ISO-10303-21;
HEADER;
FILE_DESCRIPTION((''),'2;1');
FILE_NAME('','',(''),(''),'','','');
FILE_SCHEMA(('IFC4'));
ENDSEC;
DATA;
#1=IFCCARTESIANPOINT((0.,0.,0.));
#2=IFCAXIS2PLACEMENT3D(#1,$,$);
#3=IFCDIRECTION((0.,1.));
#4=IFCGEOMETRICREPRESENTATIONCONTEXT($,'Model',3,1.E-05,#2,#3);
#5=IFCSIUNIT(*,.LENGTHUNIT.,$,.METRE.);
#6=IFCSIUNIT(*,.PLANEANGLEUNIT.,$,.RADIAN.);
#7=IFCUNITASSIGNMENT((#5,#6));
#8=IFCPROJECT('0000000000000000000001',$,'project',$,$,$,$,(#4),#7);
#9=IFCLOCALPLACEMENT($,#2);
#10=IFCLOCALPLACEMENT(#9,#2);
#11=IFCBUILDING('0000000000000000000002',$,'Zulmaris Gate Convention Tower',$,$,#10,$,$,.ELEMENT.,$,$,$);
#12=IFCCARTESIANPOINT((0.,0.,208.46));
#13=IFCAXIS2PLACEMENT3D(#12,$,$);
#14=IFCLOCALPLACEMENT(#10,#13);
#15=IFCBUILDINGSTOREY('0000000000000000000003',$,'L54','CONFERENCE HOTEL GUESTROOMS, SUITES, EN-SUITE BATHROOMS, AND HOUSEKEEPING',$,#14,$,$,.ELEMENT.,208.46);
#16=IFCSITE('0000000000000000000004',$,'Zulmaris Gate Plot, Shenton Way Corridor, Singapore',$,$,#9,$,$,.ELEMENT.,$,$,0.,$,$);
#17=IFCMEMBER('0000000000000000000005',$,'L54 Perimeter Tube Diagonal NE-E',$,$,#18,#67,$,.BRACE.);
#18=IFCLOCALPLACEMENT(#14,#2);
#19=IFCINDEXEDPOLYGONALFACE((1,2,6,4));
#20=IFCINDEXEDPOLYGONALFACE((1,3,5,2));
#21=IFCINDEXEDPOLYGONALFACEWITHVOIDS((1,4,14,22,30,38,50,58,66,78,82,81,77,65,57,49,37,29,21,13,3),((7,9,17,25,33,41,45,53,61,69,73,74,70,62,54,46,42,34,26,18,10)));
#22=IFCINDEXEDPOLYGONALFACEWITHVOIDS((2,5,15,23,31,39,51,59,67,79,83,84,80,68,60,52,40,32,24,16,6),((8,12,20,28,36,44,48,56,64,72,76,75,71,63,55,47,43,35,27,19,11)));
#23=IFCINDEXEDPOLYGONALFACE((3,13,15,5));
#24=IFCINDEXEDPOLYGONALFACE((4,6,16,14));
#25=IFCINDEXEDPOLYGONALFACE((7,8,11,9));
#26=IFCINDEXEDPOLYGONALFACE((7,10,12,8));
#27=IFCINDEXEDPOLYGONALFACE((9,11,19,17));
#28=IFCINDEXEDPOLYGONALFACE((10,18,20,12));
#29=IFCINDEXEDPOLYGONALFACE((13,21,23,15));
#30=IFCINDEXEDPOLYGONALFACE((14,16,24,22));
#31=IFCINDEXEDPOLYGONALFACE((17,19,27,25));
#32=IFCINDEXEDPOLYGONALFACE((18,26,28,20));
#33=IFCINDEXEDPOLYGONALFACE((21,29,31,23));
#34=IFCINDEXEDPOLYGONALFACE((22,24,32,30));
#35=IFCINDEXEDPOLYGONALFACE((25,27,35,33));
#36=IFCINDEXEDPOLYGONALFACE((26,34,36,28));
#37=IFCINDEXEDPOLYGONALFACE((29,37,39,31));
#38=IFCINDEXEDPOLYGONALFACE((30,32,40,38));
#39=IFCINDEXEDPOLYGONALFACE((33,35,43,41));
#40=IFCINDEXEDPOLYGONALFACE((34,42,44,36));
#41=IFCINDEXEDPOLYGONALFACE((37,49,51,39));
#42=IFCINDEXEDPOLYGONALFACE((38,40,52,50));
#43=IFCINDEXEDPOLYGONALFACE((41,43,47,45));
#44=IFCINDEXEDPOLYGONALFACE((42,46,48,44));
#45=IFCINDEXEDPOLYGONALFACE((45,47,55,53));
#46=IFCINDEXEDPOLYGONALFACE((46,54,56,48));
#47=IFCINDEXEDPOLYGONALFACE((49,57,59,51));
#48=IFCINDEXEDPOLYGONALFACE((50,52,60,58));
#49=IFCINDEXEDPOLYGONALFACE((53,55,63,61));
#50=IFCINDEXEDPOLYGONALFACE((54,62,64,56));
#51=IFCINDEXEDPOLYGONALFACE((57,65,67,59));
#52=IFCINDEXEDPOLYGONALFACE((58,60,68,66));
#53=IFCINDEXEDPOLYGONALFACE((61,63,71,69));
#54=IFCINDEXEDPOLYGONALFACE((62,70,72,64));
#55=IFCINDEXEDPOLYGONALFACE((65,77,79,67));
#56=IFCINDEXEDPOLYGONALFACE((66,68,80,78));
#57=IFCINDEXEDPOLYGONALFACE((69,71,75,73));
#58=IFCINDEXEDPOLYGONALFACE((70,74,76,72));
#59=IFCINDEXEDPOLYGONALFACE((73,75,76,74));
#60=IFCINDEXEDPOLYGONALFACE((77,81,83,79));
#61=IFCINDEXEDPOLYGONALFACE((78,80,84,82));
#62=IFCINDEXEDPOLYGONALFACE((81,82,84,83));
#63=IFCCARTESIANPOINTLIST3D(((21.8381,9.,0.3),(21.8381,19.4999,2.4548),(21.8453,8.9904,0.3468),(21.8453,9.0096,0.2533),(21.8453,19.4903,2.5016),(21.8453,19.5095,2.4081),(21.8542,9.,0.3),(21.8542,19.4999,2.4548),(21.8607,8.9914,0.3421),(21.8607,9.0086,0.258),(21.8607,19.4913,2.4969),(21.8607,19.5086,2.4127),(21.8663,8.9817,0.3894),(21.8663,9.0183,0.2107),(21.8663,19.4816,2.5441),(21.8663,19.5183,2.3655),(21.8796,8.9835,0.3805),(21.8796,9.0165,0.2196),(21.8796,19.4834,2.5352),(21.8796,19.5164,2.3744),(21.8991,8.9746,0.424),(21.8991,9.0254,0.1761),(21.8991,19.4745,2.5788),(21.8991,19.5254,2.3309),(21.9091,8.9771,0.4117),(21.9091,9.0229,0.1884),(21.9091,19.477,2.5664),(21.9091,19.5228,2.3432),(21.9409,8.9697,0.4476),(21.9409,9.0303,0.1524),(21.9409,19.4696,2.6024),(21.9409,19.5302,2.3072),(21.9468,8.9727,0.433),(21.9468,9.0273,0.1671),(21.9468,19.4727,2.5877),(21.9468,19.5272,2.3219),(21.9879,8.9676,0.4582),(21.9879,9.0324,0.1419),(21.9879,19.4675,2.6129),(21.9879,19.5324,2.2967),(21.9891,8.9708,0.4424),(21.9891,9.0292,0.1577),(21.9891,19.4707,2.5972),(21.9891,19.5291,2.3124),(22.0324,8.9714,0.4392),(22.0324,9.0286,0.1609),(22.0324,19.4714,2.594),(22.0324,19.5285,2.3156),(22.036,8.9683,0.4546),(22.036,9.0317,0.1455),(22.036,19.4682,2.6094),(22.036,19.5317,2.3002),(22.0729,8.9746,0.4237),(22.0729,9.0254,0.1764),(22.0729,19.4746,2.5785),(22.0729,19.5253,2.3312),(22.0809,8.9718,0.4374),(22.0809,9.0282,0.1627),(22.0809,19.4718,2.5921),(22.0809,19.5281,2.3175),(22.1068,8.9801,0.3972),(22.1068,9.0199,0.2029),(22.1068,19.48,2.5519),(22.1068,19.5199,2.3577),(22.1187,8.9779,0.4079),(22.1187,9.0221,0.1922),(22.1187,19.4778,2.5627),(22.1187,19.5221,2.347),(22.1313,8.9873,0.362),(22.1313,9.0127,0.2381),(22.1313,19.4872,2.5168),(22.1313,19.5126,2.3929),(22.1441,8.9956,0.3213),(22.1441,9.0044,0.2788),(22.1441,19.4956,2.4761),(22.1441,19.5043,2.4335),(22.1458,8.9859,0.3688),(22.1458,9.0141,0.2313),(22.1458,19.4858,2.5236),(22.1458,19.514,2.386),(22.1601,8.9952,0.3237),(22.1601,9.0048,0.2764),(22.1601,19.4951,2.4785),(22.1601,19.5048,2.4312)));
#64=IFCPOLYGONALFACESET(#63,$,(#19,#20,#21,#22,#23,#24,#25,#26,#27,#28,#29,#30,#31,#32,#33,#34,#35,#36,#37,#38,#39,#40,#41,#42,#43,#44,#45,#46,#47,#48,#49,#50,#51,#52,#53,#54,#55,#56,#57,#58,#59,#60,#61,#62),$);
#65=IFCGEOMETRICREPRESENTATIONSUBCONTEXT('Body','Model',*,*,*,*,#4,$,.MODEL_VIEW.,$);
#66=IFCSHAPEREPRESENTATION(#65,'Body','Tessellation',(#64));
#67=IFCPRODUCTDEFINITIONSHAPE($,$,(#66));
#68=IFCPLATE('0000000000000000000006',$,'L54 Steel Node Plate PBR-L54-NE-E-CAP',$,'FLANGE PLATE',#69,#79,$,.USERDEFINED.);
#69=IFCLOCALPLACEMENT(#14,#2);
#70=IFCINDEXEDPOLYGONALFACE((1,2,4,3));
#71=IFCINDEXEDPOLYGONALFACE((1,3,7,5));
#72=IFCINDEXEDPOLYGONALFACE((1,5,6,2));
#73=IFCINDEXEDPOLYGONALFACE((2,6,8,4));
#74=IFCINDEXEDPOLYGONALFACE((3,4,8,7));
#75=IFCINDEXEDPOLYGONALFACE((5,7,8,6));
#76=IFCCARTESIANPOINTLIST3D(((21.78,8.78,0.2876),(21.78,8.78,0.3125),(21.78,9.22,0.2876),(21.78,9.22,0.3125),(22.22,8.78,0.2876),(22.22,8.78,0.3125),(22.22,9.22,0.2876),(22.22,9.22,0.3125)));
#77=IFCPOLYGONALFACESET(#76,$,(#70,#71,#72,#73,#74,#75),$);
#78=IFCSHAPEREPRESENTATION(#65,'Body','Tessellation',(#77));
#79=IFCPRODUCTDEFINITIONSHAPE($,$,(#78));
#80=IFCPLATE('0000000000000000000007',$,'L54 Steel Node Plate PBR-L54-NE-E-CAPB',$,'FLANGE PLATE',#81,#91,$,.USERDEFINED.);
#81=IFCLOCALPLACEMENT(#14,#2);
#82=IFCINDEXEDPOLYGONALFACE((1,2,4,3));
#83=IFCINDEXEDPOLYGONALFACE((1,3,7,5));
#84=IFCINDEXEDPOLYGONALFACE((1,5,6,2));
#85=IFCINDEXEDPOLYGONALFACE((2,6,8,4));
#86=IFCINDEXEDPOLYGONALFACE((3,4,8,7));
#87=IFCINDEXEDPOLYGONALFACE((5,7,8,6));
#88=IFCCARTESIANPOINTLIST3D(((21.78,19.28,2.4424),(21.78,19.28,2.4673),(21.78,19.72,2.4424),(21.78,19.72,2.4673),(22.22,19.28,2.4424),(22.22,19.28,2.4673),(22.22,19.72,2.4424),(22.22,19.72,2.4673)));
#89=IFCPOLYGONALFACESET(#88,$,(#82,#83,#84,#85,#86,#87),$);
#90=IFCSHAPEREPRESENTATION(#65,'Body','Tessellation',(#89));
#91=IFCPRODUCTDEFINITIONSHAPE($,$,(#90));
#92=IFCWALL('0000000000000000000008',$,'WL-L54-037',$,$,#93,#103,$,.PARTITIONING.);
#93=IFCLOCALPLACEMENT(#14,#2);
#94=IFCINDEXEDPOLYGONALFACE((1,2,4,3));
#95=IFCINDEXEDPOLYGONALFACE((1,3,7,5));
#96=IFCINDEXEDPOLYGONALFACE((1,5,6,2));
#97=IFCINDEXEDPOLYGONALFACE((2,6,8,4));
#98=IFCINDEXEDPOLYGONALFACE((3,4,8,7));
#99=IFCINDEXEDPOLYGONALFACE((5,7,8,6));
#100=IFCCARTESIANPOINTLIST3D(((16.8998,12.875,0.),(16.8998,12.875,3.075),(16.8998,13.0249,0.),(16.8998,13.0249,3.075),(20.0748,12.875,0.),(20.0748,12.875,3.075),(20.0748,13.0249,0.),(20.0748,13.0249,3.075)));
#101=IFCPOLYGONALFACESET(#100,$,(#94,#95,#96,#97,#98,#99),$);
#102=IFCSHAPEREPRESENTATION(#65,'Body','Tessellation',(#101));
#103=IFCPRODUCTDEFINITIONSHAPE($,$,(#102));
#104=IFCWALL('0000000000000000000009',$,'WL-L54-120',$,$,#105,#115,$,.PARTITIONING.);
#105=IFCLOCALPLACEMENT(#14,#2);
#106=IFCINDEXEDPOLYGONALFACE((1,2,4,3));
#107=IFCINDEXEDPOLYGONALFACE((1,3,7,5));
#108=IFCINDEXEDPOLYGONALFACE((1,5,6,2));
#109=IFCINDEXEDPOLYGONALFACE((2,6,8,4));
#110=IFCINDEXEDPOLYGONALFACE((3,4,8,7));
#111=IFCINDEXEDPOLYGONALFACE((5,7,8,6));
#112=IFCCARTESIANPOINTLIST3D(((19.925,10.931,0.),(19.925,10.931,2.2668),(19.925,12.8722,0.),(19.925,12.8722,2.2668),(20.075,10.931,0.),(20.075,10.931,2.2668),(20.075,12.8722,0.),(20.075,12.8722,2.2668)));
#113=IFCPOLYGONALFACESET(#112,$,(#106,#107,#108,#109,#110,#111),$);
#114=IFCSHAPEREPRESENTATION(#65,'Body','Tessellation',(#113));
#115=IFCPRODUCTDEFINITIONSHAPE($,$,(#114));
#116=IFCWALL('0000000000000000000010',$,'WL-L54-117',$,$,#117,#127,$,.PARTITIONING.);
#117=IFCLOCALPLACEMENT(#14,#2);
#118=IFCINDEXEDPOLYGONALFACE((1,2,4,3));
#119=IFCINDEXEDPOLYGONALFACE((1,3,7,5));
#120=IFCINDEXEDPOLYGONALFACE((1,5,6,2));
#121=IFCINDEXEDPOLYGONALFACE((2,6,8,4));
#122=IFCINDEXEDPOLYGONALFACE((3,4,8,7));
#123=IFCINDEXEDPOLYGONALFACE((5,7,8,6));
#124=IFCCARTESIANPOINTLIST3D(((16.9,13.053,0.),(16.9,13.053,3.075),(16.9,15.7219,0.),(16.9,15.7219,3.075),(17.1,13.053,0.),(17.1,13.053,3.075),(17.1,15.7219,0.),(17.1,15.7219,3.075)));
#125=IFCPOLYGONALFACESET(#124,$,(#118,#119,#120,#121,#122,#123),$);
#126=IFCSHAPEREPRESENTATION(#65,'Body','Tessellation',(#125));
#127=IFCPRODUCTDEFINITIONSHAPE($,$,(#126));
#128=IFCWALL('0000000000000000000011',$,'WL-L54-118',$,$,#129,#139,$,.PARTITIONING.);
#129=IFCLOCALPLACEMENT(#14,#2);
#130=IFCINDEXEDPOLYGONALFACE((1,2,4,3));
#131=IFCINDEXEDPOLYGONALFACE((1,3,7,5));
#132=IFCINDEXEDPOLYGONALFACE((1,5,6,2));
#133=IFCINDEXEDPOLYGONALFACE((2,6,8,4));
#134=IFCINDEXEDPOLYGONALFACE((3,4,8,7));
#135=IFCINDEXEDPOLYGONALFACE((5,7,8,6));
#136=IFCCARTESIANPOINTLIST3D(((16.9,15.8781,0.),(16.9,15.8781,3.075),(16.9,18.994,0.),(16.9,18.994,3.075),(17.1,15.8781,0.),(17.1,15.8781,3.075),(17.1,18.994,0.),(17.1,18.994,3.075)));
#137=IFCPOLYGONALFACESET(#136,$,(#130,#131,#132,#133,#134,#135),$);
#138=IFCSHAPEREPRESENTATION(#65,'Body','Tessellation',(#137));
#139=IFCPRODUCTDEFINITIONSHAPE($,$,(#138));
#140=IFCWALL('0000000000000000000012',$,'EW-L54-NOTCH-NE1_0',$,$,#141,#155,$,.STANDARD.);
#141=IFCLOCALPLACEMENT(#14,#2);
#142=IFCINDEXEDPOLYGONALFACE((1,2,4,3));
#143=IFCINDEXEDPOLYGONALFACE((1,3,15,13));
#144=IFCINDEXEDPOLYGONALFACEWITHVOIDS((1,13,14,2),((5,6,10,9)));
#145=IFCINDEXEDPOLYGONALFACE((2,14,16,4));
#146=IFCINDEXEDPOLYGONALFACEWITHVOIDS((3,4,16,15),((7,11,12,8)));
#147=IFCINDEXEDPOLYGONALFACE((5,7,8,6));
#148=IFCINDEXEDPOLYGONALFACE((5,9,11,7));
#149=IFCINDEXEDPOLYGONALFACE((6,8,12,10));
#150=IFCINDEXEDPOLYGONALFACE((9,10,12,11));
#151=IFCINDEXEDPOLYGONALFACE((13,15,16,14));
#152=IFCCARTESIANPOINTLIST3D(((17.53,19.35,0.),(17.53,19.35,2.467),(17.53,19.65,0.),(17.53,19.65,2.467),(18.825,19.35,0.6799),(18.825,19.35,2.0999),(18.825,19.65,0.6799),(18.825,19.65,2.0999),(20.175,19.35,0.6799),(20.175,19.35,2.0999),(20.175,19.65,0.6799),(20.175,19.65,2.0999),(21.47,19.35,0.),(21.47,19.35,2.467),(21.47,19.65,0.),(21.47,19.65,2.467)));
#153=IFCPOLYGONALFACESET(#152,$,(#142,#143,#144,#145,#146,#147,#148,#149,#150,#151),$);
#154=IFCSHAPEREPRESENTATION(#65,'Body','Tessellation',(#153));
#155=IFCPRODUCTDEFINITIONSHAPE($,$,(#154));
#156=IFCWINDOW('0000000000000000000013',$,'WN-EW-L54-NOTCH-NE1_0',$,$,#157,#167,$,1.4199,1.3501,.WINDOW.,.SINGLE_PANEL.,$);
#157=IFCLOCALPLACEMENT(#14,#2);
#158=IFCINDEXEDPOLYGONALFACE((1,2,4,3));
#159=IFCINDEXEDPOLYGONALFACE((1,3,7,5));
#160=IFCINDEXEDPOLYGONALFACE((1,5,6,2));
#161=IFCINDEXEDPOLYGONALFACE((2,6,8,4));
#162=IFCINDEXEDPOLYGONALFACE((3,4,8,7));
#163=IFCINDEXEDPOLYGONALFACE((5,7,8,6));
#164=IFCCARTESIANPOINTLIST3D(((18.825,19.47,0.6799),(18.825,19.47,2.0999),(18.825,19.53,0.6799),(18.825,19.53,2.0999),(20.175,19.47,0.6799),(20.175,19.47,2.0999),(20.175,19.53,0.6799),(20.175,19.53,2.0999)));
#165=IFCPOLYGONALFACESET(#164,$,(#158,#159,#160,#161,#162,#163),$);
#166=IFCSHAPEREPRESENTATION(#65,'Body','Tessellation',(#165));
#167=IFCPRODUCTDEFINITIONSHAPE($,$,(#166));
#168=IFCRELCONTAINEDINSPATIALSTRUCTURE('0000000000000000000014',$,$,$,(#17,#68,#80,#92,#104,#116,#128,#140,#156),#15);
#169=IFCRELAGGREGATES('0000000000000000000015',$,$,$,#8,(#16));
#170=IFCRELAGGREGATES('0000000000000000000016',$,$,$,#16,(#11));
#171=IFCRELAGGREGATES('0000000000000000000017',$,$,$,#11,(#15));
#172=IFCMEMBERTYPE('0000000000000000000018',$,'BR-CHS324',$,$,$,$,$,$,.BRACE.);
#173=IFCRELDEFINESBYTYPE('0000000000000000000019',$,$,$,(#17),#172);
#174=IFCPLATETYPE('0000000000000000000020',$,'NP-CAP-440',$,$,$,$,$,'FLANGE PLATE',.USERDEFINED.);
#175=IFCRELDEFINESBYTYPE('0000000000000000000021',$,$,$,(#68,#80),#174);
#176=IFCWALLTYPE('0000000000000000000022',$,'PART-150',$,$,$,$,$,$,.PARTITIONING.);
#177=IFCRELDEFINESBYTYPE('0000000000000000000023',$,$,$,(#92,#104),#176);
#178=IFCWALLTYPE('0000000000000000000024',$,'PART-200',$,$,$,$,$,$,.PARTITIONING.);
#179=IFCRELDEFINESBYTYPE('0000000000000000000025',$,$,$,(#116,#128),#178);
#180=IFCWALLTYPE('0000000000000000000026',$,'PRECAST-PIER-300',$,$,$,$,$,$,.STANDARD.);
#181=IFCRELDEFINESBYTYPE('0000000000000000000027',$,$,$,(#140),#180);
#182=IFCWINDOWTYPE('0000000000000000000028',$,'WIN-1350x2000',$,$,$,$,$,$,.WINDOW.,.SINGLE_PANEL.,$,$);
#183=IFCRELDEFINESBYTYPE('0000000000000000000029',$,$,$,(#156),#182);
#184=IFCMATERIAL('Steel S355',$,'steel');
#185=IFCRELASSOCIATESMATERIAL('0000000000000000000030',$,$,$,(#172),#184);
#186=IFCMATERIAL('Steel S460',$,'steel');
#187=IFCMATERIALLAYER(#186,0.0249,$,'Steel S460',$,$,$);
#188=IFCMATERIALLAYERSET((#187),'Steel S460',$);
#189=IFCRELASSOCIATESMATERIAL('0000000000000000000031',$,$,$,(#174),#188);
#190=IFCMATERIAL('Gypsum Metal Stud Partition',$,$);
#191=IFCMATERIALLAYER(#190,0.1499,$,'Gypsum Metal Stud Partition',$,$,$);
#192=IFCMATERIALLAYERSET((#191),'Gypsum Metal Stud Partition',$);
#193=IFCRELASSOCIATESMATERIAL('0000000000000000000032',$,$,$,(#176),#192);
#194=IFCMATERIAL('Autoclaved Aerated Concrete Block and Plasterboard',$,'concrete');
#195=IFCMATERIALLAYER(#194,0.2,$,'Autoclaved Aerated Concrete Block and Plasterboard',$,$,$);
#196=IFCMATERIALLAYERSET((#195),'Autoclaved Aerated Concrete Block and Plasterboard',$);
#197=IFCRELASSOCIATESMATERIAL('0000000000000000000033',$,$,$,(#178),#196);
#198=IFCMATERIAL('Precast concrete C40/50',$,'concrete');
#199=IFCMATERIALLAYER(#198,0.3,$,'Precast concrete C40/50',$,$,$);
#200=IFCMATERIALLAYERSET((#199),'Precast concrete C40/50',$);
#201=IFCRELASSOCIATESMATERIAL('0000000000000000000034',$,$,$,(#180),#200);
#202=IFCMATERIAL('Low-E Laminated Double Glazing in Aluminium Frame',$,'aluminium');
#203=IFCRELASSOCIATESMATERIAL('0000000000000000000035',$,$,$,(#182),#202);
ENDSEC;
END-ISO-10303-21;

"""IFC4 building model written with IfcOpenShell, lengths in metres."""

from ifc_helpers import new_model, si_unit, direction, frame, frame_2d, origin, origin_2d, place, context, subcontext, project, spatial, rectangle, hollow_circle, extrude, material, layer, layer_set, material_profile, profile_set, type_object, element, fill, save


model = new_model("IFC4")

# Units and contexts
model_context = context("Model", 3, precision=1e-05, world=origin(), true_north=direction((0.0, 1.0)))
body_context = subcontext(model_context, "Body", "Model", "MODEL_VIEW")
ifc_project = project(units=[si_unit("LENGTHUNIT", "METRE"), si_unit("PLANEANGLEUNIT", "RADIAN")], contexts=[model_context])

# Site, building, storey
site_placement = place(None, origin())
site = spatial("IfcSite", under=ifc_project, at=site_placement, Name="Zulmaris Gate Plot, Shenton Way Corridor, Singapore", CompositionType="ELEMENT", RefElevation=0.0)
building_placement = place(site_placement, origin())
building = spatial("IfcBuilding", under=site, at=building_placement, Name="Zulmaris Gate Convention Tower", CompositionType="ELEMENT")
storey_placement = place(building_placement, frame((0.0, 0.0, 208.46)))
storey = spatial("IfcBuildingStorey", under=building, at=storey_placement, Name="L54", Description="CONFERENCE HOTEL GUESTROOMS, SUITES, EN-SUITE BATHROOMS, AND HOUSEKEEPING", CompositionType="ELEMENT", Elevation=208.46)

# Shared definitions
ifc_material_1 = material(Name="Steel S355", Category="steel")

# Member
ifc_material_profile_1 = material_profile(ifc_material_1, hollow_circle(Radius=0.1619, WallThickness=0.0161, at=origin_2d()), Name="CHS 323.9x16")
ifc_profile_set_1 = profile_set([ifc_material_profile_1], Name="Steel S355")
member_type = type_object("IfcMemberType", Name="BR-CHS324", PredefinedType="BRACE", material=ifc_profile_set_1)
member_placement = place(storey_placement, frame((22.0, 9.0, 0.3), z_axis=(0.0, 0.979585, 0.201028), x_axis=(-1.0, 0.0, 0.0)))
element("IfcMember", 1, at=member_placement, inside=storey, type_object=member_type, Name="L54 Perimeter Tube Diagonal NE-E", PredefinedType="BRACE", context=body_context, shape_type="SweptSolid", body=[
    extrude(hollow_circle(Radius=0.1619, WallThickness=0.0161, at=origin_2d()), origin(), (0.0, 0.0, 1.0), 10.7188),
])

# Plates
ifc_material_2 = material(Name="Steel S460", Category="steel")
ifc_layer_1 = layer(ifc_material_2, 0.0249, Name="Steel S460")
ifc_layer_set_1 = layer_set([ifc_layer_1], Name="Steel S460")
plate_type = type_object("IfcPlateType", Name="NP-CAP-440", ElementType="FLANGE PLATE", PredefinedType="USERDEFINED", material=ifc_layer_set_1)
for number, where, z_axis, x_axis, name in (
    (2, (22.0, 9.0, 0.2876), (0.0, 0.0, 1.0), (1.0, 0.0, 0.0), "L54 Steel Node Plate PBR-L54-NE-E-CAP"),
    (3, (22.0, 19.5, 2.4424), (0.0, 0.0, 1.0), (1.0, 0.0, 0.0), "L54 Steel Node Plate PBR-L54-NE-E-CAPB"),
):
    element("IfcPlate", number, at=place(storey_placement, frame(where, z_axis=z_axis, x_axis=x_axis)), inside=storey, type_object=plate_type, Name=name, ObjectType="FLANGE PLATE", PredefinedType="USERDEFINED", context=body_context, shape_type="SweptSolid", body=[
        extrude(rectangle(XDim=0.4399, YDim=0.4399, at=origin_2d()), origin(), (0.0, 0.0, 1.0), 0.0249),
    ])

# Walls
ifc_material_3 = material(Name="Gypsum Metal Stud Partition")
ifc_layer_2 = layer(ifc_material_3, 0.1499, Name="Gypsum Metal Stud Partition")
ifc_layer_set_2 = layer_set([ifc_layer_2], Name="Gypsum Metal Stud Partition")
wall_type_1 = type_object("IfcWallType", Name="PART-150", PredefinedType="PARTITIONING", material=ifc_layer_set_2)
wall_1_placement = place(storey_placement, frame((16.8999, 12.95, 0.0), z_axis=(0.0, 0.0, 1.0), x_axis=(1.0, 0.0, 0.0)))
element("IfcWall", 4, at=wall_1_placement, inside=storey, type_object=wall_type_1, Name="WL-L54-037", PredefinedType="PARTITIONING", context=body_context, shape_type="SweptSolid", body=[
    extrude(rectangle(XDim=3.175, YDim=0.1499, at=frame_2d((1.5874, 0.0))), origin(), (0.0, 0.0, 1.0), 3.075),
])
wall_2_placement = place(storey_placement, frame((20.0, 10.9309, 0.0), z_axis=(0.0, 0.0, 1.0), x_axis=(0.0, 1.0, 0.0)))
element("IfcWall", 5, at=wall_2_placement, inside=storey, type_object=wall_type_1, Name="WL-L54-120", PredefinedType="PARTITIONING", context=body_context, shape_type="SweptSolid", body=[
    extrude(rectangle(XDim=1.9412, YDim=0.1499, at=frame_2d((0.9707, 0.0))), origin(), (0.0, 0.0, 1.0), 2.2668),
])
ifc_material_4 = material(Name="Autoclaved Aerated Concrete Block and Plasterboard", Category="concrete")
ifc_layer_3 = layer(ifc_material_4, 0.2, Name="Autoclaved Aerated Concrete Block and Plasterboard")
ifc_layer_set_3 = layer_set([ifc_layer_3], Name="Autoclaved Aerated Concrete Block and Plasterboard")
wall_type_2 = type_object("IfcWallType", Name="PART-200", PredefinedType="PARTITIONING", material=ifc_layer_set_3)
wall_3_placement = place(storey_placement, frame((17.0, 13.053, 0.0), z_axis=(0.0, 0.0, 1.0), x_axis=(0.0, 1.0, 0.0)))
element("IfcWall", 6, at=wall_3_placement, inside=storey, type_object=wall_type_2, Name="WL-L54-117", PredefinedType="PARTITIONING", context=body_context, shape_type="SweptSolid", body=[
    extrude(rectangle(XDim=2.6689, YDim=0.2, at=frame_2d((1.3345, 0.0))), origin(), (0.0, 0.0, 1.0), 3.075),
])
wall_4_placement = place(storey_placement, frame((17.0, 15.8779, 0.0), z_axis=(0.0, 0.0, 1.0), x_axis=(0.0, 1.0, 0.0)))
element("IfcWall", 7, at=wall_4_placement, inside=storey, type_object=wall_type_2, Name="WL-L54-118", PredefinedType="PARTITIONING", context=body_context, shape_type="SweptSolid", body=[
    extrude(rectangle(XDim=3.116, YDim=0.2, at=frame_2d((1.5581, 0.0))), origin(), (0.0, 0.0, 1.0), 3.075),
])

# Wall, opening, window
ifc_material_5 = material(Name="Precast concrete C40/50", Category="concrete")
ifc_layer_4 = layer(ifc_material_5, 0.3, Name="Precast concrete C40/50")
ifc_layer_set_4 = layer_set([ifc_layer_4], Name="Precast concrete C40/50")
wall_type_3 = type_object("IfcWallType", Name="PRECAST-PIER-300", PredefinedType="STANDARD", material=ifc_layer_set_4)
wall_5_placement = place(storey_placement, frame((21.47, 19.5, 0.0), z_axis=(0.0, 0.0, 1.0), x_axis=(-1.0, 0.0, 0.0)))
wall_5 = element("IfcWall", 8, at=wall_5_placement, inside=storey, type_object=wall_type_3, Name="EW-L54-NOTCH-NE1_0", PredefinedType="STANDARD", context=body_context, shape_type="SweptSolid", body=[
    extrude(rectangle(XDim=3.9399, YDim=0.3, at=frame_2d((1.97, 0.0))), origin(), (0.0, 0.0, 1.0), 2.467),
])
opening_1_placement = place(wall_5_placement, frame((1.2949, 0.0, 0.6799)))
opening_1 = element("IfcOpeningElement", 9, at=opening_1_placement, cuts=wall_5, PredefinedType="OPENING", context=body_context, shape_type="SweptSolid", body=[
    extrude(rectangle(XDim=1.3501, YDim=1.4199, at=frame_2d((0.675, 0.71))), frame((0.0, 0.1602, 0.0), z_axis=(0.0, -1.0, 0.0), x_axis=(1.0, 0.0, 0.0)), (0.0, 0.0, 1.0), 0.3201),
])
ifc_material_6 = material(Name="Low-E Laminated Double Glazing in Aluminium Frame", Category="aluminium")
window_type = type_object("IfcWindowType", Name="WIN-1350x2000", PartitioningType="SINGLE_PANEL", PredefinedType="WINDOW", material=ifc_material_6)
window_1_placement = place(opening_1_placement, origin())
window_1 = element("IfcWindow", 10, at=window_1_placement, inside=storey, type_object=window_type, Name="WN-EW-L54-NOTCH-NE1_0", OverallHeight=1.4199, OverallWidth=1.3501, PartitioningType="SINGLE_PANEL", PredefinedType="WINDOW", context=body_context, shape_type="SweptSolid", body=[
    extrude(rectangle(XDim=1.3501, YDim=1.4199, at=frame_2d((0.675, 0.71))), frame((0.0, 0.03, 0.0), z_axis=(0.0, -1.0, 0.0), x_axis=(1.0, 0.0, 0.0)), (0.0, 0.0, 1.0), 0.0601),
])
fill(opening_1, window_1)

save(model, "model.ifc")
